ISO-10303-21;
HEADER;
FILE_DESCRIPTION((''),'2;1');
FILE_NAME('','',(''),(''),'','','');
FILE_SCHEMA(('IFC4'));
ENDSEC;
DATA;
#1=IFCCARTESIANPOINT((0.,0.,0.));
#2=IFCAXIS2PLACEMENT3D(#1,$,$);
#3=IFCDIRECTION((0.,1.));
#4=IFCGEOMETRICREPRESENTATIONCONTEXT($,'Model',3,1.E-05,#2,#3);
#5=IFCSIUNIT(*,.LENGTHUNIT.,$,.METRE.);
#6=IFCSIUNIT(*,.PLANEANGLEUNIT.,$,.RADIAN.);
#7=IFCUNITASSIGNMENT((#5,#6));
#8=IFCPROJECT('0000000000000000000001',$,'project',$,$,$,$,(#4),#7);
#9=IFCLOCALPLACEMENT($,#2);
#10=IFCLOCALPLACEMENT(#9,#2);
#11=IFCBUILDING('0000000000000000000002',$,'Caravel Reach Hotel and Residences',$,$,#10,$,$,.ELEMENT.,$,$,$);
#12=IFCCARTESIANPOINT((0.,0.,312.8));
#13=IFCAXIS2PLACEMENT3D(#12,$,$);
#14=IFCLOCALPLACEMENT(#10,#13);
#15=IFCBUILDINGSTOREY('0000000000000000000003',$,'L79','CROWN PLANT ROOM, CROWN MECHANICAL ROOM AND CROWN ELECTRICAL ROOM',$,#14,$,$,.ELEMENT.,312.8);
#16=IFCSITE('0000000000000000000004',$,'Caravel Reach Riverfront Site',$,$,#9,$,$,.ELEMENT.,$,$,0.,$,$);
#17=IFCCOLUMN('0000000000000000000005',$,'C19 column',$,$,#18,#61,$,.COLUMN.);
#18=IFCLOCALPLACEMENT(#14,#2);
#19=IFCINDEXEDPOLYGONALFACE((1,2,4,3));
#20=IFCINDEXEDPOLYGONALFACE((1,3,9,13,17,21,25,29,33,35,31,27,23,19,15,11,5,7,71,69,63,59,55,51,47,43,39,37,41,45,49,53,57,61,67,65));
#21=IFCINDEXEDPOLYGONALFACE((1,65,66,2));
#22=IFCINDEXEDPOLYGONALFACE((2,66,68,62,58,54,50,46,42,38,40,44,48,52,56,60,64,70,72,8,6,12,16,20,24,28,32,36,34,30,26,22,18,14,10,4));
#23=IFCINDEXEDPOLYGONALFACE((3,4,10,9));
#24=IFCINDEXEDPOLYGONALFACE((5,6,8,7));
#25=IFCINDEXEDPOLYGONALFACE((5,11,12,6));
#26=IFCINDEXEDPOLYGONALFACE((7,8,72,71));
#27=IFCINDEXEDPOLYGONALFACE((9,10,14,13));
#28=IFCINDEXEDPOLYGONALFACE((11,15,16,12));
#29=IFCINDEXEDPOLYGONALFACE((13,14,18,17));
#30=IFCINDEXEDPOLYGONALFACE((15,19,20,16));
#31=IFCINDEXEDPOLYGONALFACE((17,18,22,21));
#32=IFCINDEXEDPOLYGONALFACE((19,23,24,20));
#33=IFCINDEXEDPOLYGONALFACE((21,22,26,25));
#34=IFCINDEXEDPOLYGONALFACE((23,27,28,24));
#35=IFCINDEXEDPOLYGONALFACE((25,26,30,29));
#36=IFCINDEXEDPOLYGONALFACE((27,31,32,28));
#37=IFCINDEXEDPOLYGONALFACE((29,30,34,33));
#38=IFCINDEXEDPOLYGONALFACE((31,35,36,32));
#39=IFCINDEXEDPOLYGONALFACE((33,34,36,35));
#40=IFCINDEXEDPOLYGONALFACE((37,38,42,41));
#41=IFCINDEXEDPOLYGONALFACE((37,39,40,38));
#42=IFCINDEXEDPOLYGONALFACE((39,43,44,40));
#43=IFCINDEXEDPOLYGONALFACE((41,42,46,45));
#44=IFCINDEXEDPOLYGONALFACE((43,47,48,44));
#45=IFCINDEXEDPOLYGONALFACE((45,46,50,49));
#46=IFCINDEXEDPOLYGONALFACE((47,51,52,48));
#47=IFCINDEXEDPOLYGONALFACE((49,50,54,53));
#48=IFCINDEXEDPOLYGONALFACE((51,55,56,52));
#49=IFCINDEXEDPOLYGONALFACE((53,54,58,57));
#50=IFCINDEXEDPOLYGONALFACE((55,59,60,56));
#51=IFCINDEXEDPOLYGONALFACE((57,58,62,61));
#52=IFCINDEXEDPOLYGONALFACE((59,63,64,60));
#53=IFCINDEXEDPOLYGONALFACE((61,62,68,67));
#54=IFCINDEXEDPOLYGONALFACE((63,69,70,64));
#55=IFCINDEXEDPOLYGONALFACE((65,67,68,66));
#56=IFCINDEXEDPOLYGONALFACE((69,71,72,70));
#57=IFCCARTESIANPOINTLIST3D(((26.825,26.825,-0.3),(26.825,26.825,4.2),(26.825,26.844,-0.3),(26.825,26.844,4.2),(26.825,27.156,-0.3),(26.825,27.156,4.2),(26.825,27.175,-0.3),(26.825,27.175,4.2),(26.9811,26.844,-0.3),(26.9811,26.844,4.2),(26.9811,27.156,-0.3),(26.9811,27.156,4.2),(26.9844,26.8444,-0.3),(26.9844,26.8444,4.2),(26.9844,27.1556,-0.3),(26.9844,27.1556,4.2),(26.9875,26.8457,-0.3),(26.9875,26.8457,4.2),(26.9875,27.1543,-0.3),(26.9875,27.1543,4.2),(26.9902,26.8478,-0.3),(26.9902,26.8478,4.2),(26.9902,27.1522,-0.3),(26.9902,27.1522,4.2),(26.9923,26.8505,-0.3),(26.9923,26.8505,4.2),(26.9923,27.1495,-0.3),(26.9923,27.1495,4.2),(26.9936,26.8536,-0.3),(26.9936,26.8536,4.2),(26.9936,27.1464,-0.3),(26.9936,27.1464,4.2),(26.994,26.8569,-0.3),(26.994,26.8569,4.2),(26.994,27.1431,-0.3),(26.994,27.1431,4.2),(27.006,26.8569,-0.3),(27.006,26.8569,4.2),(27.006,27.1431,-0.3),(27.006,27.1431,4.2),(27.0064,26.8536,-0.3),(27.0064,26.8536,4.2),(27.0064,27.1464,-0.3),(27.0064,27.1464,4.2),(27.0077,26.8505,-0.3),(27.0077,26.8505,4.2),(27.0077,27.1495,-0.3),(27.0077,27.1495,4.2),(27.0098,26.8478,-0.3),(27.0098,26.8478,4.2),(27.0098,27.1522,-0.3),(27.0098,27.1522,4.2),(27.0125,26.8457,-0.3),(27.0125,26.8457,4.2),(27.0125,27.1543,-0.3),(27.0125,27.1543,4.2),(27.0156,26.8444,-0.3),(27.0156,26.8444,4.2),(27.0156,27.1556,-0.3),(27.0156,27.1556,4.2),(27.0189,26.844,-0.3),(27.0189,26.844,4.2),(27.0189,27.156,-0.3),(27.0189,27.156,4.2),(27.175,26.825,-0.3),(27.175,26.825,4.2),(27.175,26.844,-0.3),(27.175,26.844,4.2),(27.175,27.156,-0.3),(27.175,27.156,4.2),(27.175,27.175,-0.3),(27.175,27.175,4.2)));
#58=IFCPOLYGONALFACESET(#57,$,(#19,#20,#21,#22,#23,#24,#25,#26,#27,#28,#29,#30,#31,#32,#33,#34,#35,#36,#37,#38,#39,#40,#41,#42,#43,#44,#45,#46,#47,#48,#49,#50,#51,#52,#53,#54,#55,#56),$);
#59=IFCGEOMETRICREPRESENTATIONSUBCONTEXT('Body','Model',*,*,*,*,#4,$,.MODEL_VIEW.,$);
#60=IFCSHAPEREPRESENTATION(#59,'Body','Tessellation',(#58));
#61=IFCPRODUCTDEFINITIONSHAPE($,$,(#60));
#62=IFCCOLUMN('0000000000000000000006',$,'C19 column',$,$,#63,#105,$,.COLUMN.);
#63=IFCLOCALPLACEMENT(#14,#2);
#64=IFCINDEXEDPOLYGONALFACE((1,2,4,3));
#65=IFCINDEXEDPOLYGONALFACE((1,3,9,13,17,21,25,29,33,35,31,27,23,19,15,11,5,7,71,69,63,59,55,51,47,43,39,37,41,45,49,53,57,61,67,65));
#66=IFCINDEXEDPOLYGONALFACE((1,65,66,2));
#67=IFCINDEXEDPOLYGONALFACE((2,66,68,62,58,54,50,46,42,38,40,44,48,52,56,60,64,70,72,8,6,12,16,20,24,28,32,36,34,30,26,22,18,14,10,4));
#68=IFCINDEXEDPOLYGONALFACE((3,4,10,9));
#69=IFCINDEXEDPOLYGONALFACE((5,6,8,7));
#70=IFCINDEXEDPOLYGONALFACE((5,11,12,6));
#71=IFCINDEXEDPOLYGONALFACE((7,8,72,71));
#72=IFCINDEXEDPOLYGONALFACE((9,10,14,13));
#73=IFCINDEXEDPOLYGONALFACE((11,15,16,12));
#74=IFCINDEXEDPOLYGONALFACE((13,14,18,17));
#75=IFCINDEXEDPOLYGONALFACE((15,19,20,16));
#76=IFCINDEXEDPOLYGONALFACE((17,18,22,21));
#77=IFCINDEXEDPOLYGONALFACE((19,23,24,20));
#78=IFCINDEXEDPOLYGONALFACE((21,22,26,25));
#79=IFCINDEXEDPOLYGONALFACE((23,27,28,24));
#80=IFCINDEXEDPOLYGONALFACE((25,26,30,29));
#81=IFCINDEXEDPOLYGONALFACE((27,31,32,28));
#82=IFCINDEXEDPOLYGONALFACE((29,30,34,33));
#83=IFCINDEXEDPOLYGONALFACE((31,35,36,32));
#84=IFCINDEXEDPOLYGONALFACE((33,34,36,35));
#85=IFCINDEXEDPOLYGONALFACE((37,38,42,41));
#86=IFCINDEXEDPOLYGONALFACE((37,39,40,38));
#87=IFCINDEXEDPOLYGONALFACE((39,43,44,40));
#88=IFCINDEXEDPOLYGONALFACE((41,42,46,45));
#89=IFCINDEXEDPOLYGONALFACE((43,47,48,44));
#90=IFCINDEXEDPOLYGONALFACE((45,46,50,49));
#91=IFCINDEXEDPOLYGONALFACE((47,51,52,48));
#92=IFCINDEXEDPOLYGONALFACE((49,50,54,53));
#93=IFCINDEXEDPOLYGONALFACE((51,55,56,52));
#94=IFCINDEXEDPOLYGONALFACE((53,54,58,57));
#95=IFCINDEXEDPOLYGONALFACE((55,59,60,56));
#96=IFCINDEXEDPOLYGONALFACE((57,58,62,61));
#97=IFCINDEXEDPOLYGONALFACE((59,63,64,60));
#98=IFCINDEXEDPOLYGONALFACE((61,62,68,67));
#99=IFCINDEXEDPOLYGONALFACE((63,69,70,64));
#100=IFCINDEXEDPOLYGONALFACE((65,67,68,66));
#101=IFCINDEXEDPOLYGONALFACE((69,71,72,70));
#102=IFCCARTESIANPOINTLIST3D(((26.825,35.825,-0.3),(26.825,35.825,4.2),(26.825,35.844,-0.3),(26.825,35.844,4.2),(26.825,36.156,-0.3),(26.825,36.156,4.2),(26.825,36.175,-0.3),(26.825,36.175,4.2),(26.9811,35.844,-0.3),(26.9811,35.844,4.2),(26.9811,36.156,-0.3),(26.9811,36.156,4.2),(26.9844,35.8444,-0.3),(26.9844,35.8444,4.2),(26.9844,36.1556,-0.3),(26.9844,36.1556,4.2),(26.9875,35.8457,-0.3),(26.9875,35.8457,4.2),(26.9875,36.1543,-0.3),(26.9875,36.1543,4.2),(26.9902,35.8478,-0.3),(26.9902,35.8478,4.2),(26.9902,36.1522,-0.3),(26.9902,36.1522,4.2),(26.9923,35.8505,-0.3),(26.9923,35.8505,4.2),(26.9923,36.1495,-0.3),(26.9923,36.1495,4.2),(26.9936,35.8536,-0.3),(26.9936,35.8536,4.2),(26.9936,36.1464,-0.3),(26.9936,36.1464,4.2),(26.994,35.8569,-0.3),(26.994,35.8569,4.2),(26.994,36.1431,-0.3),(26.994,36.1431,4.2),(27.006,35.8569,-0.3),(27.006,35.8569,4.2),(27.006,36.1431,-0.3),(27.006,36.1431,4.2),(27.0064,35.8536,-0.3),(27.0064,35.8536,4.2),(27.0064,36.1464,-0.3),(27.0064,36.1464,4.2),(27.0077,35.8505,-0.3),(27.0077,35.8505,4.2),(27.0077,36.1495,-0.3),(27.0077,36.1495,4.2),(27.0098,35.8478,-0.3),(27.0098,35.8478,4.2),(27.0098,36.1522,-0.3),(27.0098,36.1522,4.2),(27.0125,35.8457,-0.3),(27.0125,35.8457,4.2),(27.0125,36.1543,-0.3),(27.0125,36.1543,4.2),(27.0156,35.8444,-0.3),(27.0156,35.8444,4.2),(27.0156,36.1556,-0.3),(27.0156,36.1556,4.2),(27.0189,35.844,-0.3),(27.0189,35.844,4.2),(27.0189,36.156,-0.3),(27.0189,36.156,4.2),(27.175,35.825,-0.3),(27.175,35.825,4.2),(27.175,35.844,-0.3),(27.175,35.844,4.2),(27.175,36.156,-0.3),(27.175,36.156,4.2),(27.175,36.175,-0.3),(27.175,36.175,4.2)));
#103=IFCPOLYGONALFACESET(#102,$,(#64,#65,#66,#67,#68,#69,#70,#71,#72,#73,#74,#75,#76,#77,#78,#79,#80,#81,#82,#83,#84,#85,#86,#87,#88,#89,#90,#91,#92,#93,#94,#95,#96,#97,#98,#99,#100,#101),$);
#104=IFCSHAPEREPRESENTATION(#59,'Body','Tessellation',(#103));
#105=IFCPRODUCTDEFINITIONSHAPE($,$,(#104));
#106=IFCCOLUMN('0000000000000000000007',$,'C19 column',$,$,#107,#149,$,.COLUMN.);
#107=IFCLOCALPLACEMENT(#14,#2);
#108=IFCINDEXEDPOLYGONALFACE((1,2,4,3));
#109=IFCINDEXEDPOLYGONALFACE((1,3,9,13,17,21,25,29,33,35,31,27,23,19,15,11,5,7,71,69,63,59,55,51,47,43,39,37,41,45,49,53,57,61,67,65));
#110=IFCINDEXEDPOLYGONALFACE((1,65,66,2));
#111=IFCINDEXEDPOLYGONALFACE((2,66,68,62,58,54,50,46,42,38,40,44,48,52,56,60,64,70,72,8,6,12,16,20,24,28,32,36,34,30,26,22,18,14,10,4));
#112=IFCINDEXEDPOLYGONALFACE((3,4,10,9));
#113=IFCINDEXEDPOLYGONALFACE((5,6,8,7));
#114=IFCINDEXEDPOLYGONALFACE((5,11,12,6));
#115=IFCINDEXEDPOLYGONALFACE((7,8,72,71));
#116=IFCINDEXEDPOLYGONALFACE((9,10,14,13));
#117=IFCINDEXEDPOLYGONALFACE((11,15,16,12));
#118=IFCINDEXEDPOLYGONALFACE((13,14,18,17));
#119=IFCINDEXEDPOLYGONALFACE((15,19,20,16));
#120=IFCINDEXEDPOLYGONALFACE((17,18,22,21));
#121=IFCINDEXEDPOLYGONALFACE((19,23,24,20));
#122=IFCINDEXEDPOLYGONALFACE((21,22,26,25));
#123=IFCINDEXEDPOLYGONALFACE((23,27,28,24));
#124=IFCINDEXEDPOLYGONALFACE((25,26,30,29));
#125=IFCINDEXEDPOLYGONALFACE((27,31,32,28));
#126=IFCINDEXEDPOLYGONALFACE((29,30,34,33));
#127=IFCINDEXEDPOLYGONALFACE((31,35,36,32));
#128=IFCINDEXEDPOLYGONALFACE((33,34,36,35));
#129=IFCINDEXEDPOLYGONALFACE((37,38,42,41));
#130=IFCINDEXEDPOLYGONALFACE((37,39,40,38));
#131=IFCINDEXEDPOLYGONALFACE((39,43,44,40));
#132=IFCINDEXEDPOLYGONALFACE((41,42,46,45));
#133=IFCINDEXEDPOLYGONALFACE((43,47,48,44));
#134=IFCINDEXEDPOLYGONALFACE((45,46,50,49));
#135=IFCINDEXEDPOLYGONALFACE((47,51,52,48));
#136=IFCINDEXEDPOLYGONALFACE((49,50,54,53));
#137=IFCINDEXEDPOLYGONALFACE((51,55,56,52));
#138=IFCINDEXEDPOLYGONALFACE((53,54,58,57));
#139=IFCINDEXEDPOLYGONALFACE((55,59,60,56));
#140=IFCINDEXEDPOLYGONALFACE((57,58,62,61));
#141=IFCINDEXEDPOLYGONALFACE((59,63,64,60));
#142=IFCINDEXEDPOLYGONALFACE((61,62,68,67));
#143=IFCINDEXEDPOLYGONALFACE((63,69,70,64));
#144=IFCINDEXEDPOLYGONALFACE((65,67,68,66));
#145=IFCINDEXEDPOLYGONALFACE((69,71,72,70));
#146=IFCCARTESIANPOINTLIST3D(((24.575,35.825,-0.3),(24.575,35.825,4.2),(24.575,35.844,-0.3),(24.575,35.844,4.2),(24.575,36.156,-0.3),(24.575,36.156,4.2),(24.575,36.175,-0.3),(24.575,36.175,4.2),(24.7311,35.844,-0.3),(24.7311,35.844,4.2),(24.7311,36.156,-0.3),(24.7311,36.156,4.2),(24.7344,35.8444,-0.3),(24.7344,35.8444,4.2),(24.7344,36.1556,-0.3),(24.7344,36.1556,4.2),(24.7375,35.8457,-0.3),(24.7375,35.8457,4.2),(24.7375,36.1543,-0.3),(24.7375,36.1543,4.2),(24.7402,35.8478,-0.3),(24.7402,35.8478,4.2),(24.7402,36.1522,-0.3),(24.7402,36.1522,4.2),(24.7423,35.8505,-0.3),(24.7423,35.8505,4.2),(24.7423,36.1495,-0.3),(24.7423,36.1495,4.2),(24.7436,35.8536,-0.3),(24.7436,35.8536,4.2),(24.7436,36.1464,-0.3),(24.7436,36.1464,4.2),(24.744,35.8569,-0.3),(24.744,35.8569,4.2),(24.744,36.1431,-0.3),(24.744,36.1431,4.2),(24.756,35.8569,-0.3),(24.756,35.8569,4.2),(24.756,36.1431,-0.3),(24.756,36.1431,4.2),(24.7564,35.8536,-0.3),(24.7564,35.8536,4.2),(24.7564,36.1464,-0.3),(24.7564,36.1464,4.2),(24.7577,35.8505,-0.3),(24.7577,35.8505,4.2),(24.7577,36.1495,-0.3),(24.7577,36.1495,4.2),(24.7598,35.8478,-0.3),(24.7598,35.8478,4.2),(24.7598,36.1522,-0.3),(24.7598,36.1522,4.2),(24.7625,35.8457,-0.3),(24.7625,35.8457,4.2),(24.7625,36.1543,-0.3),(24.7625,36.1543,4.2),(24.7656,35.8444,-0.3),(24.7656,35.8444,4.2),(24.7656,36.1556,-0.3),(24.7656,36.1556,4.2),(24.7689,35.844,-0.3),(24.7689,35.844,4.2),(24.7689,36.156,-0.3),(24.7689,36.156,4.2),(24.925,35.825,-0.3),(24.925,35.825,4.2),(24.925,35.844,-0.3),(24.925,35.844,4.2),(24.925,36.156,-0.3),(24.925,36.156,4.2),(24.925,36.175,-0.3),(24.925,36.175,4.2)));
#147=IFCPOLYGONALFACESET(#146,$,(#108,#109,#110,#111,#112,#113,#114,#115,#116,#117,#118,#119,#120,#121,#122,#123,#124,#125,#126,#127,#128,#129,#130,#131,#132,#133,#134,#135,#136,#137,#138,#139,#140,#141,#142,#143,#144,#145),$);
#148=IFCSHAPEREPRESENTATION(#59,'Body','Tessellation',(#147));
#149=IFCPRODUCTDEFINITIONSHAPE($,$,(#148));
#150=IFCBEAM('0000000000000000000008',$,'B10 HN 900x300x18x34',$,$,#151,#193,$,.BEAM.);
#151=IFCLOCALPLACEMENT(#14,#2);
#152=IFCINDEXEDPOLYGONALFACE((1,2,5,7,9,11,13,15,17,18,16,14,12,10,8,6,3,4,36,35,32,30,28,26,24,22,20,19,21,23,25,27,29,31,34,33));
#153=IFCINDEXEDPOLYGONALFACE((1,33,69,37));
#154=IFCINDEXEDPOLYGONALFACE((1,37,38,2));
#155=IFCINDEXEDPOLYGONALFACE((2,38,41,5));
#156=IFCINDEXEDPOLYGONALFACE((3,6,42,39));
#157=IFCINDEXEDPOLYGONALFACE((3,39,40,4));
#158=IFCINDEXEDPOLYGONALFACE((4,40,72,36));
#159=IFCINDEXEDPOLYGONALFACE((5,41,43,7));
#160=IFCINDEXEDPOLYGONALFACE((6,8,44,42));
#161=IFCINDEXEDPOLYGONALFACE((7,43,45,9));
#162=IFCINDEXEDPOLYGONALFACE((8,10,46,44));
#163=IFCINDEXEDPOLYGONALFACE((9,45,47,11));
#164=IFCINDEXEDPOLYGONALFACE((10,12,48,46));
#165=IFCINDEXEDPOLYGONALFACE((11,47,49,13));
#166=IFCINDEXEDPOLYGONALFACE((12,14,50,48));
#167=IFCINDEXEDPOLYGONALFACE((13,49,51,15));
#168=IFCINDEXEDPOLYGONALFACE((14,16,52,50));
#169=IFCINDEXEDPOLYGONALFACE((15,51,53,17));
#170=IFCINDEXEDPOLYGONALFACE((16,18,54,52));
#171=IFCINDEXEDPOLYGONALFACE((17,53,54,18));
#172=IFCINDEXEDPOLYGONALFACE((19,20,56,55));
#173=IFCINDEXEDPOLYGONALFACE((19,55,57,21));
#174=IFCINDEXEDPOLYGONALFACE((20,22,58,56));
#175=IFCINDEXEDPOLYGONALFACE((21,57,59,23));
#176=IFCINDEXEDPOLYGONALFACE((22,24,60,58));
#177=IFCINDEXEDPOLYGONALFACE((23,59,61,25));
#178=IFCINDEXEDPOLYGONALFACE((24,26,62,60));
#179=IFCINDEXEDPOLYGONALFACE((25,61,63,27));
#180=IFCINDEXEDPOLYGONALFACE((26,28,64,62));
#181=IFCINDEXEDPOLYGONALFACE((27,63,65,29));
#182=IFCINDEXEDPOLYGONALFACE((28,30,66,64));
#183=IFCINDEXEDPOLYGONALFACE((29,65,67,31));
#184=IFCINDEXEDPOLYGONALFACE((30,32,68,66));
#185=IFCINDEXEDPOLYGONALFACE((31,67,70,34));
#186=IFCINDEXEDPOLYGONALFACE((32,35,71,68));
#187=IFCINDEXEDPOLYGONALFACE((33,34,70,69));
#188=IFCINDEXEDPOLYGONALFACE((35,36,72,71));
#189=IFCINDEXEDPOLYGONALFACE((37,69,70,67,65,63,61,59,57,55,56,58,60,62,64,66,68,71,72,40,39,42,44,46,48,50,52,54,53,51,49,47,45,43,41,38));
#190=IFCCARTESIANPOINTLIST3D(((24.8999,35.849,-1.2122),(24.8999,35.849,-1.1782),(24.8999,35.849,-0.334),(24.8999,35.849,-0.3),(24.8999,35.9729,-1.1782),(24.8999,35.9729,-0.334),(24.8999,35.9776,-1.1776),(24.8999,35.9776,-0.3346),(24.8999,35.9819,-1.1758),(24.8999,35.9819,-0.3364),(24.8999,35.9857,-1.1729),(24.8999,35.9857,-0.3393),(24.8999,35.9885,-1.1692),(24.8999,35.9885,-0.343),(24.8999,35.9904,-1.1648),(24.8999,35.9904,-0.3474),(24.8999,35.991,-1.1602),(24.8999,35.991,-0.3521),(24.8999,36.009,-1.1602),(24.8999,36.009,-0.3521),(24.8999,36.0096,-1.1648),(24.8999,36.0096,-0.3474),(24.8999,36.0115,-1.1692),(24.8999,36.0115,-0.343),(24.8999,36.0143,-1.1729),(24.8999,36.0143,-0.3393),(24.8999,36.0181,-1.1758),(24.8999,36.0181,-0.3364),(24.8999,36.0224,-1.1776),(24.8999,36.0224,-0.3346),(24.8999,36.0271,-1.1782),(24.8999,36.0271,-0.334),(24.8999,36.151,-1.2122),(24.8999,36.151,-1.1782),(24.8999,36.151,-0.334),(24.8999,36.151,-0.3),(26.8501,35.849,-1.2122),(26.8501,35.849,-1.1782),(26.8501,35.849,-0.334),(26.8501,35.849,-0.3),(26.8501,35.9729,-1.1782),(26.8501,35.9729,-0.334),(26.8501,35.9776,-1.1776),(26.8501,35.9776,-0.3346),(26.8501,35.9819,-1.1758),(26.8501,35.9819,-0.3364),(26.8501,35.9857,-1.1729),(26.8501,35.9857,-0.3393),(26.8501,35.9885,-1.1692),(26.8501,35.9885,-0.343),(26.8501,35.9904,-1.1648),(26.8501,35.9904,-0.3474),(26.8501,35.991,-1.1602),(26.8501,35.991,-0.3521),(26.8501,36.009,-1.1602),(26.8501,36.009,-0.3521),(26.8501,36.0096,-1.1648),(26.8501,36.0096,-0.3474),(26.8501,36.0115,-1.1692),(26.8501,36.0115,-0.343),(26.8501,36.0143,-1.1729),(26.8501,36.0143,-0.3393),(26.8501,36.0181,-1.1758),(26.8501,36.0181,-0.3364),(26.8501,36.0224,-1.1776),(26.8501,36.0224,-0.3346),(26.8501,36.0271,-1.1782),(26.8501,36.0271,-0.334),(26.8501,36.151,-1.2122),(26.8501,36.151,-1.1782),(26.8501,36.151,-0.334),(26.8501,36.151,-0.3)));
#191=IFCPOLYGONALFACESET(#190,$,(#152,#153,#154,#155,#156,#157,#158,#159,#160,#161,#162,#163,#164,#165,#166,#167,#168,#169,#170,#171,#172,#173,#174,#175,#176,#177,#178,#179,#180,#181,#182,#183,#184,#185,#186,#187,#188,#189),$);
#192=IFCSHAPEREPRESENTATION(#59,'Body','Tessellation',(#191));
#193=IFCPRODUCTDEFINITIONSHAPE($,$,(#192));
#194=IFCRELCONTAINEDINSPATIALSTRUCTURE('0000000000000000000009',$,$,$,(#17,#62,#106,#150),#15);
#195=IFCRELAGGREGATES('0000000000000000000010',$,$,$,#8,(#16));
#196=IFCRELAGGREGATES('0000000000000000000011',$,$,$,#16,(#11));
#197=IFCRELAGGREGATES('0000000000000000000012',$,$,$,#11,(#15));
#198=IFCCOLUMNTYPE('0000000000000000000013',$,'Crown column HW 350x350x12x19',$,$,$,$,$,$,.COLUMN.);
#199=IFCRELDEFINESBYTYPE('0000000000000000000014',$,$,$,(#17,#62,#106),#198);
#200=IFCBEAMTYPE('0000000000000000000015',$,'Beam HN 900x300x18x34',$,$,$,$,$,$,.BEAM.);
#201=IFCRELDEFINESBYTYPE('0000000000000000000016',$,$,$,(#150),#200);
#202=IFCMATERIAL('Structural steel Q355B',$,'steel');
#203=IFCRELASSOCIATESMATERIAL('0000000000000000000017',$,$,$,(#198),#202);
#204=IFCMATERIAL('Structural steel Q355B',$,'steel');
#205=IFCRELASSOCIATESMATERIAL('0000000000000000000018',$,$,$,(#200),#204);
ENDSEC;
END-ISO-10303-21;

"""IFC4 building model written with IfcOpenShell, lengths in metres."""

from ifc_helpers import new_model, si_unit, direction, frame, origin, origin_2d, place, context, subcontext, project, spatial, i_section, extrude, material, material_profile, profile_set, type_object, element, save


model = new_model("IFC4")

# Units and contexts
model_context = context("Model", 3, precision=1e-05, world=origin(), true_north=direction((0.0, 1.0)))
body_context = subcontext(model_context, "Body", "Model", "MODEL_VIEW")
ifc_project = project(units=[si_unit("LENGTHUNIT", "METRE"), si_unit("PLANEANGLEUNIT", "RADIAN")], contexts=[model_context])

# Site, building, storey
site_placement = place(None, origin())
site = spatial("IfcSite", under=ifc_project, at=site_placement, Name="Caravel Reach Riverfront Site", CompositionType="ELEMENT", RefElevation=0.0)
building_placement = place(site_placement, origin())
building = spatial("IfcBuilding", under=site, at=building_placement, Name="Caravel Reach Hotel and Residences", CompositionType="ELEMENT")
storey_placement = place(building_placement, frame((0.0, 0.0, 312.8)))
storey = spatial("IfcBuildingStorey", under=building, at=storey_placement, Name="L79", Description="CROWN PLANT ROOM, CROWN MECHANICAL ROOM AND CROWN ELECTRICAL ROOM", CompositionType="ELEMENT", Elevation=312.8)

# Columns
ifc_material_1 = material(Name="Structural steel Q355B", Category="steel")
ifc_material_profile_1 = material_profile(ifc_material_1, i_section(OverallWidth=0.3501, OverallDepth=0.3501, WebThickness=0.012, FlangeThickness=0.019, FilletRadius=0.0129, at=origin_2d()), Name="HW 350x350x12x19")
ifc_profile_set_1 = profile_set([ifc_material_profile_1], Name="Structural steel Q355B")
column_type = type_object("IfcColumnType", Name="Crown column HW 350x350x12x19", PredefinedType="COLUMN", material=ifc_profile_set_1)
for number, where, z_axis, x_axis, name in (
    (1, (27.0, 27.0, -0.3), (0.0, 0.0, 1.0), (1.0, 0.0, 0.0), "C19 column"),
    (2, (27.0, 36.0, -0.3), (0.0, 0.0, 1.0), (1.0, 0.0, 0.0), "C19 column"),
    (3, (24.75, 36.0, -0.3), (0.0, 0.0, 1.0), (1.0, 0.0, 0.0), "C19 column"),
):
    element("IfcColumn", number, at=place(storey_placement, frame(where, z_axis=z_axis, x_axis=x_axis)), inside=storey, type_object=column_type, Name=name, PredefinedType="COLUMN", context=body_context, shape_type="SweptSolid", body=[
        extrude(i_section(OverallWidth=0.3501, OverallDepth=0.3501, WebThickness=0.012, FlangeThickness=0.019, FilletRadius=0.0129, at=origin_2d()), origin(), (0.0, 0.0, 1.0), 4.5),
    ])

# Beam
ifc_material_2 = material(Name="Structural steel Q355B", Category="steel")
ifc_material_profile_2 = material_profile(ifc_material_2, i_section(OverallWidth=0.302, OverallDepth=0.9121, WebThickness=0.0181, FlangeThickness=0.0339, FilletRadius=0.0181, at=origin_2d()), Name="HN 900x300x18x34")
ifc_profile_set_2 = profile_set([ifc_material_profile_2], Name="Structural steel Q355B")
beam_type = type_object("IfcBeamType", Name="Beam HN 900x300x18x34", PredefinedType="BEAM", material=ifc_profile_set_2)
beam_1_placement = place(storey_placement, frame((26.8501, 36.0, -0.7561), z_axis=(-1.0, 0.0, 0.0), x_axis=(0.0, -1.0, 0.0)))
element("IfcBeam", 4, at=beam_1_placement, inside=storey, type_object=beam_type, Name="B10 HN 900x300x18x34", PredefinedType="BEAM", context=body_context, shape_type="SweptSolid", body=[
    extrude(i_section(OverallWidth=0.302, OverallDepth=0.9121, WebThickness=0.0181, FlangeThickness=0.0339, FilletRadius=0.0181, at=origin_2d()), origin(), (0.0, 0.0, 1.0), 1.9502),
])

save(model, "model.ifc")
